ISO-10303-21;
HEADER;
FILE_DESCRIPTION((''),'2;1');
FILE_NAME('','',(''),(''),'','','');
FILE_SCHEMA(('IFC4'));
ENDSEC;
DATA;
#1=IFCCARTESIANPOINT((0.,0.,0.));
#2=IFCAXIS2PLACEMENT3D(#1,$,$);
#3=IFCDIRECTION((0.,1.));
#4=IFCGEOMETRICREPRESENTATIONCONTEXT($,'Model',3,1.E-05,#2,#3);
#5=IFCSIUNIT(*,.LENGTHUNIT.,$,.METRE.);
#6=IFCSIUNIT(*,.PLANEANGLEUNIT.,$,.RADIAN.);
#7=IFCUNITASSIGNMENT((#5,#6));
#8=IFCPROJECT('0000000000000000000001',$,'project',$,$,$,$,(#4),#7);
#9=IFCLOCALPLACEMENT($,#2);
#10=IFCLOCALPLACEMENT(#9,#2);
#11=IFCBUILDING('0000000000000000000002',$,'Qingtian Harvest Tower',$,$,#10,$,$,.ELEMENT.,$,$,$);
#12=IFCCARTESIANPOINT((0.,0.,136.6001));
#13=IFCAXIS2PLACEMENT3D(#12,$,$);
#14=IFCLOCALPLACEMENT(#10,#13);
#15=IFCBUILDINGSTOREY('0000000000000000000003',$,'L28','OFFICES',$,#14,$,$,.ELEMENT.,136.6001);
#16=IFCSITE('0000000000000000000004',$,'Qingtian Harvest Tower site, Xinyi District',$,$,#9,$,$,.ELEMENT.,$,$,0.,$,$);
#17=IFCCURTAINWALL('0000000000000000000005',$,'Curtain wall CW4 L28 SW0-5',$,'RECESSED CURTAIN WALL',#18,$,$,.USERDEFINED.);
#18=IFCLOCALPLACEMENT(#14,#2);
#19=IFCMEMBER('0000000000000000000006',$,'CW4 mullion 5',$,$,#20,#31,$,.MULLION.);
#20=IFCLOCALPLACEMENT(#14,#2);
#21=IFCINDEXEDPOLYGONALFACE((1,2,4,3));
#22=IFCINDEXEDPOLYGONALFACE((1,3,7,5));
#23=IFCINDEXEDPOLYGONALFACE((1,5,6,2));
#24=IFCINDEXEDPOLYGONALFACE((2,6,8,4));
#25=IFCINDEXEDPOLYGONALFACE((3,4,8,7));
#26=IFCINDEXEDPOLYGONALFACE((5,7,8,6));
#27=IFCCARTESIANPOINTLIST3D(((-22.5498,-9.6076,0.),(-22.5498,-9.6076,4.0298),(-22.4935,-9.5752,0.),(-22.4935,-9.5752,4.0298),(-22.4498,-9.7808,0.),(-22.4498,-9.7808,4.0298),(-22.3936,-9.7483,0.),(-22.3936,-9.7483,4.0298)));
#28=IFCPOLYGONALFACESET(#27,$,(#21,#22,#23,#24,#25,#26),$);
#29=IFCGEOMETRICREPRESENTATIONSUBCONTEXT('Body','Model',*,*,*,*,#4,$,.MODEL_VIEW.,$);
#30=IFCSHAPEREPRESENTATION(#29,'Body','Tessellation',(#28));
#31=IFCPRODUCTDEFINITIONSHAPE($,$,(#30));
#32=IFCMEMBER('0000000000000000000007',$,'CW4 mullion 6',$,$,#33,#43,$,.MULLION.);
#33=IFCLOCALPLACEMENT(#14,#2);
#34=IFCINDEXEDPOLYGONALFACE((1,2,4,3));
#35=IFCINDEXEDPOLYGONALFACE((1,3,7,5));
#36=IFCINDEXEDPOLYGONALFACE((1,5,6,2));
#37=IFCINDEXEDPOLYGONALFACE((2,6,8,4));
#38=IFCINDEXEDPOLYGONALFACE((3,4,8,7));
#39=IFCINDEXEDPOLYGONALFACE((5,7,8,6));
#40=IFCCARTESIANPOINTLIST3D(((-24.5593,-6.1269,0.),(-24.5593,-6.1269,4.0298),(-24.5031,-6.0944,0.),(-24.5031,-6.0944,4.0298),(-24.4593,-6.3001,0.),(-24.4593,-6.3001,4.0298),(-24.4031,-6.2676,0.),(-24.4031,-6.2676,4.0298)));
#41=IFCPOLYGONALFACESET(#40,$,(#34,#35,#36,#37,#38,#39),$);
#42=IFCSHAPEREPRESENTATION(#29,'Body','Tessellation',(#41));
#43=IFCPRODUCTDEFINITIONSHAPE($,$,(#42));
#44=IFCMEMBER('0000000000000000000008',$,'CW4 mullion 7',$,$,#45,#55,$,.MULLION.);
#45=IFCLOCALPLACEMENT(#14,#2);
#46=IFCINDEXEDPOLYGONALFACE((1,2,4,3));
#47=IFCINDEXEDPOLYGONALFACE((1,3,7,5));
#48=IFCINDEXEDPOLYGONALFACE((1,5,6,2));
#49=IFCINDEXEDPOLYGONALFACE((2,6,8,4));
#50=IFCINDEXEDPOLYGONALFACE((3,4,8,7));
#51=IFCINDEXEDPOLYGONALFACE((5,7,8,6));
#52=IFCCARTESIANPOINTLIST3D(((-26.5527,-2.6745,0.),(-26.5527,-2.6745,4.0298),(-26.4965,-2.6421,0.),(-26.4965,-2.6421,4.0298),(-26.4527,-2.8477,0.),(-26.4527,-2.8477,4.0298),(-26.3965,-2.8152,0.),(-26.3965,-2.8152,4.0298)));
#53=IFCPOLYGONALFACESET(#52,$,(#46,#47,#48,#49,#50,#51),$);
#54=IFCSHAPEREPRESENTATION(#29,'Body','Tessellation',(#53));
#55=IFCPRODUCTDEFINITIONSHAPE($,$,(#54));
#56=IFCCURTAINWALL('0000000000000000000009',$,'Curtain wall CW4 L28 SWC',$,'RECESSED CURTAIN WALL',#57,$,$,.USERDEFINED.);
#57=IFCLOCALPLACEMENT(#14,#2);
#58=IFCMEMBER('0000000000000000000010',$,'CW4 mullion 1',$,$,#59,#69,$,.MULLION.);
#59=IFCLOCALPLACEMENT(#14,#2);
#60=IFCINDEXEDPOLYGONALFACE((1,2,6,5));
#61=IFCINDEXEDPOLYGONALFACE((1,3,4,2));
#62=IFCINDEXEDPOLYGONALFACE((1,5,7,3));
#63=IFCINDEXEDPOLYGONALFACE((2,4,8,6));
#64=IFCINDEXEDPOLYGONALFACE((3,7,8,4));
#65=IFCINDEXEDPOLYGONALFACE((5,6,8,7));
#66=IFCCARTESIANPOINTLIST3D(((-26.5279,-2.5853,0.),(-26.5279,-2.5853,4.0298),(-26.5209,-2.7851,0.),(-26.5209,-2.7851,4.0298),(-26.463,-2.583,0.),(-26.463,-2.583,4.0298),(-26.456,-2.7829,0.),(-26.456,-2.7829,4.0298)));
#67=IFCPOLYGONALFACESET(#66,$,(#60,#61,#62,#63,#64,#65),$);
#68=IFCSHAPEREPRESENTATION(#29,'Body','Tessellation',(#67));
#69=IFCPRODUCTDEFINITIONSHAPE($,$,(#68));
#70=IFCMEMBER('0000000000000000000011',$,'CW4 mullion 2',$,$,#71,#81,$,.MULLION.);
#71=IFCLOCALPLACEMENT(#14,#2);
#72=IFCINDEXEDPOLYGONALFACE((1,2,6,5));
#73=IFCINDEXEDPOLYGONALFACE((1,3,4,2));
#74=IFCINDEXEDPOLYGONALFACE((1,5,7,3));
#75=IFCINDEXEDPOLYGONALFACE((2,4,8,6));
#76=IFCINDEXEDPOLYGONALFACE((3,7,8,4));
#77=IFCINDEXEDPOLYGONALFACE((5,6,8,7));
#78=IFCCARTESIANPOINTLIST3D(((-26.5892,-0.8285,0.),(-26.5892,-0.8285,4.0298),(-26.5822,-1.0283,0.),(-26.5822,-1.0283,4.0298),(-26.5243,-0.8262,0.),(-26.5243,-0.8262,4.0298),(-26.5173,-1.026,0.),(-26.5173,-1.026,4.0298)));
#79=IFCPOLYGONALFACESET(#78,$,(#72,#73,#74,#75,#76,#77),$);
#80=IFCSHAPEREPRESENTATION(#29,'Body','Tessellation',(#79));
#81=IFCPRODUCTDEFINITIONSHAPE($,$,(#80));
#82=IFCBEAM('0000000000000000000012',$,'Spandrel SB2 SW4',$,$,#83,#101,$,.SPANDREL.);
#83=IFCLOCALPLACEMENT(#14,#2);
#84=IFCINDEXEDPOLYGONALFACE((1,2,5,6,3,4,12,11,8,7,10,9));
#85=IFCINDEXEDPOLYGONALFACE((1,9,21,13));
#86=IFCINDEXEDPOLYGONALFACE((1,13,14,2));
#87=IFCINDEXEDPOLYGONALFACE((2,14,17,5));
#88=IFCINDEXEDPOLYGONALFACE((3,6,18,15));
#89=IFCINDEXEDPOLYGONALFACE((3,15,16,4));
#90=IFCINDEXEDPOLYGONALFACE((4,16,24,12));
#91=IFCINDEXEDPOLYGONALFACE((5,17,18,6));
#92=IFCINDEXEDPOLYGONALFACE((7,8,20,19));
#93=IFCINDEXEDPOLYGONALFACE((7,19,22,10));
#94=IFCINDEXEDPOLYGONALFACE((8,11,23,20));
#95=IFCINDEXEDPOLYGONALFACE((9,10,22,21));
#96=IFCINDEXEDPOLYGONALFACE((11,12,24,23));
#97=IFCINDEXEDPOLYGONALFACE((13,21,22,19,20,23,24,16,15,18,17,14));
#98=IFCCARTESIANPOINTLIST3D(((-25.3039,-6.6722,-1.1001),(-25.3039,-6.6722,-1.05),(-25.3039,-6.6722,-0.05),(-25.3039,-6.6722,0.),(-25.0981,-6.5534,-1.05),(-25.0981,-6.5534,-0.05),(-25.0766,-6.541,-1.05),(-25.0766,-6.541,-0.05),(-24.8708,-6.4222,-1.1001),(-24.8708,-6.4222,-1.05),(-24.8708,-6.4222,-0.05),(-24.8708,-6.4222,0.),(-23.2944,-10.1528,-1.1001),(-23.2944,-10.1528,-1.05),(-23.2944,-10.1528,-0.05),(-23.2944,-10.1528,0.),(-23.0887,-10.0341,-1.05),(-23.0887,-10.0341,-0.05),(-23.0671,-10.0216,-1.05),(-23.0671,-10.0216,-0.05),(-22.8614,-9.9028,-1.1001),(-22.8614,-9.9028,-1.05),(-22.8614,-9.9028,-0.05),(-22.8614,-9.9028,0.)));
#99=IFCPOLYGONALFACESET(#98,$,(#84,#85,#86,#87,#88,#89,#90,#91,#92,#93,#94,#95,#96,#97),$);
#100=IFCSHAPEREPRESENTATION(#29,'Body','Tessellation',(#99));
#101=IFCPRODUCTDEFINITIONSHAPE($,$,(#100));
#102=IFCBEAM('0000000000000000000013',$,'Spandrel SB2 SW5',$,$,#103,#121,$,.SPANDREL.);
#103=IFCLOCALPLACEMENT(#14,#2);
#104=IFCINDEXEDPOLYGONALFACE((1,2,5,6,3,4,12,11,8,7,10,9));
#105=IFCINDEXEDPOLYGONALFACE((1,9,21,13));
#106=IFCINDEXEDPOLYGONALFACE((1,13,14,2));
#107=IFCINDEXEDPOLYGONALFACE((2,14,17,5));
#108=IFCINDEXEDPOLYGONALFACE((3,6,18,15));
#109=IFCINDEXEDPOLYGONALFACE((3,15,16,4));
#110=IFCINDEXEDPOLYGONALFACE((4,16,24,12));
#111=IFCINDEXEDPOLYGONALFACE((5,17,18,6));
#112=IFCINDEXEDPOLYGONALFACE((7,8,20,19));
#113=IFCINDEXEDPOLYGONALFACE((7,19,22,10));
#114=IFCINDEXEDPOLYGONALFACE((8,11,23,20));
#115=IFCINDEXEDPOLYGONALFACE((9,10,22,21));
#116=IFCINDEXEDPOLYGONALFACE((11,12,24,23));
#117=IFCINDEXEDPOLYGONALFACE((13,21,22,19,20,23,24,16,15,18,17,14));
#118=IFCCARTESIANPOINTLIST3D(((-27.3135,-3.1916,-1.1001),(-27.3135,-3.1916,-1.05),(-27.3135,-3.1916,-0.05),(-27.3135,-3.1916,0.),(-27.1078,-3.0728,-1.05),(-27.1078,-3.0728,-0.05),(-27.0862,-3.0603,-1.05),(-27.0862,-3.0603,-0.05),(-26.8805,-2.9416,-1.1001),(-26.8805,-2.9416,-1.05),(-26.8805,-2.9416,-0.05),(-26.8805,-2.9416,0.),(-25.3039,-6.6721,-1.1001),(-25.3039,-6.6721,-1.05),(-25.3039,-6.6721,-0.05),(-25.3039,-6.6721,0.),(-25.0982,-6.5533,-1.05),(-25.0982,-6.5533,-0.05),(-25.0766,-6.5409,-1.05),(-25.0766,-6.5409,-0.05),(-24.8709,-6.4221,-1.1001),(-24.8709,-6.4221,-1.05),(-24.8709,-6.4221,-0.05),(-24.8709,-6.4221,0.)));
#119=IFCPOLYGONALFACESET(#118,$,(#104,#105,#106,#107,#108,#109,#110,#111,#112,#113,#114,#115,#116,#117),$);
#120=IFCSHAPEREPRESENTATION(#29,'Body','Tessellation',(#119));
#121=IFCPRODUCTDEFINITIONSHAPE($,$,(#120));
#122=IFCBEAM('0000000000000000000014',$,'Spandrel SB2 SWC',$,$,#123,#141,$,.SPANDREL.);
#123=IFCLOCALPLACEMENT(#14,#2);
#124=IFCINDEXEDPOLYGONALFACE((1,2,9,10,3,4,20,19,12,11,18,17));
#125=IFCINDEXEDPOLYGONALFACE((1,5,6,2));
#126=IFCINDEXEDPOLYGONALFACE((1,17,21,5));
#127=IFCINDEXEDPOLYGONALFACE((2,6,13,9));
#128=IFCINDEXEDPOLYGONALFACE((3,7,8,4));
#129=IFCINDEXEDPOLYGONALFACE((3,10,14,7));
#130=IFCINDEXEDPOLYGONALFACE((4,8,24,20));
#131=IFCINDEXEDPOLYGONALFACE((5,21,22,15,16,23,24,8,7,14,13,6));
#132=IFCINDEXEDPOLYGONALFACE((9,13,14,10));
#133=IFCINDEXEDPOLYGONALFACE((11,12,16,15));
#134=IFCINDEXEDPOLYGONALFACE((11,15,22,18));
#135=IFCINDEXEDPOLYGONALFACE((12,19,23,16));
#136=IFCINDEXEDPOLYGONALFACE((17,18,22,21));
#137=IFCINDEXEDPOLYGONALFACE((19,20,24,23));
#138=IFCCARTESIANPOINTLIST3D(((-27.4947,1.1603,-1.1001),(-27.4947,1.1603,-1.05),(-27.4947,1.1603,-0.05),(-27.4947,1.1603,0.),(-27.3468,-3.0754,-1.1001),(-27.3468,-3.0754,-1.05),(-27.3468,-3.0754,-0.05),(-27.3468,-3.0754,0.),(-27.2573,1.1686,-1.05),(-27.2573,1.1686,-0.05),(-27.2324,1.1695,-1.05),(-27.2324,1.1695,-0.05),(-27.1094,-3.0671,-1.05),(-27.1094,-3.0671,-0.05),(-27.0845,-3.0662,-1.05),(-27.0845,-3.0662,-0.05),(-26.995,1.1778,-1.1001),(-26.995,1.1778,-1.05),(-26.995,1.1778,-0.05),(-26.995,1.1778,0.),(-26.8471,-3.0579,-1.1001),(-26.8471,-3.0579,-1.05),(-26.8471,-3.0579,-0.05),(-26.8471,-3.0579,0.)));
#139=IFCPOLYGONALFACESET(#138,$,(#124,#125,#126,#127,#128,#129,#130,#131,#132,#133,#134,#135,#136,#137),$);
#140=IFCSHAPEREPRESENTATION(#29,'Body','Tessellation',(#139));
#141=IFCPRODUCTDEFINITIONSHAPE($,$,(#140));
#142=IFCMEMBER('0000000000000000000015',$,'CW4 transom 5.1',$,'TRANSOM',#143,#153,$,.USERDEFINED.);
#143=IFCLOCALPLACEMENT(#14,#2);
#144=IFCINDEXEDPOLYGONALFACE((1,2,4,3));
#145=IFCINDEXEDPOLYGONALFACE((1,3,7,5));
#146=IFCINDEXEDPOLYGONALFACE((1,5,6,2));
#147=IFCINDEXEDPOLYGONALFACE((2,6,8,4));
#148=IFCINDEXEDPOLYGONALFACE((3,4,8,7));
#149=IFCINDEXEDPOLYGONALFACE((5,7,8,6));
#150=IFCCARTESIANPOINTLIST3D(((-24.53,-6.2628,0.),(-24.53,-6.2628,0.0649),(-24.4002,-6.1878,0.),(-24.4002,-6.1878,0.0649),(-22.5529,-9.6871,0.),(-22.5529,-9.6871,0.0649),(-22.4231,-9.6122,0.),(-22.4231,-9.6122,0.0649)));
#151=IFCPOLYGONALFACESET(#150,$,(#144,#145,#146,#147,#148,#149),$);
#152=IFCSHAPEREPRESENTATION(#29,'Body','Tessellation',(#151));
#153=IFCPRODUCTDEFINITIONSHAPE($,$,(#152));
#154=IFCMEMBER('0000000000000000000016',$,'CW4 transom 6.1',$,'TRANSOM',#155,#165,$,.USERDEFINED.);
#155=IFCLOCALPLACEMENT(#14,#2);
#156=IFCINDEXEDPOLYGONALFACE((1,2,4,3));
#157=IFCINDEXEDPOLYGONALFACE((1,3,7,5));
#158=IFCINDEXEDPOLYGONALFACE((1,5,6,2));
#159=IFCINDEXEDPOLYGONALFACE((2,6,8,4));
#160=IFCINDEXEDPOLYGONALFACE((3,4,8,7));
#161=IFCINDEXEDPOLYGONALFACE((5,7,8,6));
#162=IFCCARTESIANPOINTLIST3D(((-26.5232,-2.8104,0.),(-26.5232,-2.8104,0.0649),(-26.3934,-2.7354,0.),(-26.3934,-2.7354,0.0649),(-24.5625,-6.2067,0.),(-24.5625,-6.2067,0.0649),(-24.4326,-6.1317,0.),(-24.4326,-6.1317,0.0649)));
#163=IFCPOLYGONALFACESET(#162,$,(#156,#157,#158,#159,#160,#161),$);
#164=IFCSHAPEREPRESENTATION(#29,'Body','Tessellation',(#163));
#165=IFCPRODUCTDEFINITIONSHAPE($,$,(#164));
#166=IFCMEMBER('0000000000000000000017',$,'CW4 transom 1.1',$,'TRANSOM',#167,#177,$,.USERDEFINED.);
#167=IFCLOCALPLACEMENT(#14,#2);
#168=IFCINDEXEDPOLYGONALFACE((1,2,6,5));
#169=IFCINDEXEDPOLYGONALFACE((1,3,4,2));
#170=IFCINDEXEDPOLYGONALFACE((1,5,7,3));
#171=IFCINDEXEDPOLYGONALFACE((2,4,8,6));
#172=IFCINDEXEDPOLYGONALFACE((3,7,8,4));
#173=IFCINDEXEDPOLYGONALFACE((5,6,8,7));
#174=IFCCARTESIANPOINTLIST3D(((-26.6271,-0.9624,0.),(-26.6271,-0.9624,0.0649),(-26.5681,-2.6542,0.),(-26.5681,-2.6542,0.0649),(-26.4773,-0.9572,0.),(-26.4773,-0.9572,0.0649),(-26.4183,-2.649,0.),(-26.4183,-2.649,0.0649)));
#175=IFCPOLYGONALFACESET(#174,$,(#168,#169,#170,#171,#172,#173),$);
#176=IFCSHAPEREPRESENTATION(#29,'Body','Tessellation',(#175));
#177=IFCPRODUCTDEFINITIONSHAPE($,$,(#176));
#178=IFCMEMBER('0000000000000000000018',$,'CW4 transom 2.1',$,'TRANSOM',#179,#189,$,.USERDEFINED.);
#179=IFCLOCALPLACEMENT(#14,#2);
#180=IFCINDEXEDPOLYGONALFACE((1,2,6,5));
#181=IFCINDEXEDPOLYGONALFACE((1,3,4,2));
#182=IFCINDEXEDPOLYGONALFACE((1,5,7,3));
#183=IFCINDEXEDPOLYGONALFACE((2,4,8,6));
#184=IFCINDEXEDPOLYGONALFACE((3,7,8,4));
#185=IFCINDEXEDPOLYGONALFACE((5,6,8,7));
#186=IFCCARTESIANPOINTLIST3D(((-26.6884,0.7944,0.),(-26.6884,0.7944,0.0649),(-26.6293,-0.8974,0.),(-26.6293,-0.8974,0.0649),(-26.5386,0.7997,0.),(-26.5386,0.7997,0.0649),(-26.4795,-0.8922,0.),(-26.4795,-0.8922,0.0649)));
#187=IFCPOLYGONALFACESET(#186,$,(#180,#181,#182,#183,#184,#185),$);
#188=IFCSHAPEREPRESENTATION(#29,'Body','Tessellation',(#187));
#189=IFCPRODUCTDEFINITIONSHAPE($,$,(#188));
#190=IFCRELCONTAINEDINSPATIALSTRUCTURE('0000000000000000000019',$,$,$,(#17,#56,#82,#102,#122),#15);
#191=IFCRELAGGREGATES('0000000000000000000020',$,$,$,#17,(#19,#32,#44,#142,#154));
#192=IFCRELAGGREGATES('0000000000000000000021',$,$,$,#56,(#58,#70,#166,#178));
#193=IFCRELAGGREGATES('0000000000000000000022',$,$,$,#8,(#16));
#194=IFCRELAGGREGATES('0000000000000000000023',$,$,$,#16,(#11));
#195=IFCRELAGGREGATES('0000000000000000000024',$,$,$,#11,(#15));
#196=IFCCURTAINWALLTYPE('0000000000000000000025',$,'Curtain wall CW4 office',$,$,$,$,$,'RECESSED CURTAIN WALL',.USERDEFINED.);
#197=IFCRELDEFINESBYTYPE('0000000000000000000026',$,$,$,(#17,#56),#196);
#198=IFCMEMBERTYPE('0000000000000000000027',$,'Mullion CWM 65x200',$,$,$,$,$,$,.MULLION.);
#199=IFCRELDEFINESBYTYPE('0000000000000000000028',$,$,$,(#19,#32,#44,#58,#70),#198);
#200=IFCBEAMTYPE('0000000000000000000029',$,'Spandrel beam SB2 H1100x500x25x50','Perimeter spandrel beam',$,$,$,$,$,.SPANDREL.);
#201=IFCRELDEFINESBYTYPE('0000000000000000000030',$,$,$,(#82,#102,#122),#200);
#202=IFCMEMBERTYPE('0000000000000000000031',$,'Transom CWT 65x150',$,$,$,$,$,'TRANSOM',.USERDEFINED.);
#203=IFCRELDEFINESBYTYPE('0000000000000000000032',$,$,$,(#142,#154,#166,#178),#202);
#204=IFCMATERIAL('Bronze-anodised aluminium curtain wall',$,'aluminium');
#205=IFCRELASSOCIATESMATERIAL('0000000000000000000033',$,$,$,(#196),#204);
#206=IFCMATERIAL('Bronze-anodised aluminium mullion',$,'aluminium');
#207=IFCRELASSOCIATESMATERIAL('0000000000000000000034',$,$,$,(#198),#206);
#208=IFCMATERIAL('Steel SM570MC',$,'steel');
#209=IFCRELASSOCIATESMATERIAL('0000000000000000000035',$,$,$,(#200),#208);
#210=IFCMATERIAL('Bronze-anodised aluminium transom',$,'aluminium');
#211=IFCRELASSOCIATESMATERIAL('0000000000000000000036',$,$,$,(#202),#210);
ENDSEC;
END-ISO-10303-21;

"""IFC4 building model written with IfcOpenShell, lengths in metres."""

from ifc_helpers import new_model, si_unit, direction, frame, origin, origin_2d, place, context, subcontext, project, spatial, rectangle, i_section, extrude, material, material_profile, profile_set, type_object, element, aggregate, save


model = new_model("IFC4")

# Units and contexts
model_context = context("Model", 3, precision=1e-05, world=origin(), true_north=direction((0.0, 1.0)))
body_context = subcontext(model_context, "Body", "Model", "MODEL_VIEW")
ifc_project = project(units=[si_unit("LENGTHUNIT", "METRE"), si_unit("PLANEANGLEUNIT", "RADIAN")], contexts=[model_context])

# Site, building, storey
site_placement = place(None, origin())
site = spatial("IfcSite", under=ifc_project, at=site_placement, Name="Qingtian Harvest Tower site, Xinyi District", CompositionType="ELEMENT", RefElevation=0.0)
building_placement = place(site_placement, origin())
building = spatial("IfcBuilding", under=site, at=building_placement, Name="Qingtian Harvest Tower", CompositionType="ELEMENT")
storey_placement = place(building_placement, frame((0.0, 0.0, 136.6001)))
storey = spatial("IfcBuildingStorey", under=building, at=storey_placement, Name="L28", Description="OFFICES", CompositionType="ELEMENT", Elevation=136.6001)

# Curtain walls, members
ifc_material_1 = material(Name="Bronze-anodised aluminium curtain wall", Category="aluminium")
curtain_wall_type = type_object("IfcCurtainWallType", Name="Curtain wall CW4 office", ElementType="RECESSED CURTAIN WALL", PredefinedType="USERDEFINED", material=ifc_material_1)
curtain_wall_1_placement = place(storey_placement, origin())
curtain_wall_1 = element("IfcCurtainWall", 1, at=curtain_wall_1_placement, inside=storey, type_object=curtain_wall_type, Name="Curtain wall CW4 L28 SW0-5", ObjectType="RECESSED CURTAIN WALL", PredefinedType="USERDEFINED")
ifc_material_2 = material(Name="Bronze-anodised aluminium mullion", Category="aluminium")
ifc_material_profile_1 = material_profile(ifc_material_2, rectangle(XDim=0.0649, YDim=0.2, at=origin_2d()), Name="AL 65x200")
ifc_profile_set_1 = profile_set([ifc_material_profile_1], Name="Bronze-anodised aluminium mullion")
member_type_1 = type_object("IfcMemberType", Name="Mullion CWM 65x200", PredefinedType="MULLION", material=ifc_profile_set_1)
member_1_placement = place(storey_placement, frame((-22.4717, -9.678, 0.0), z_axis=(0.0, 0.0, 1.0), x_axis=(-0.866025, -0.5, 0.0)))
member_1 = element("IfcMember", 2, at=member_1_placement, type_object=member_type_1, Name="CW4 mullion 5", PredefinedType="MULLION", context=body_context, shape_type="SweptSolid", body=[
    extrude(rectangle(XDim=0.0649, YDim=0.2, at=origin_2d()), origin(), (0.0, 0.0, 1.0), 4.0298),
])
member_2_placement = place(storey_placement, frame((-24.4812, -6.1973, 0.0), z_axis=(0.0, 0.0, 1.0), x_axis=(-0.866025, -0.5, 0.0)))
member_2 = element("IfcMember", 3, at=member_2_placement, type_object=member_type_1, Name="CW4 mullion 6", PredefinedType="MULLION", context=body_context, shape_type="SweptSolid", body=[
    extrude(rectangle(XDim=0.0649, YDim=0.2, at=origin_2d()), origin(), (0.0, 0.0, 1.0), 4.0298),
])
member_3_placement = place(storey_placement, frame((-26.4746, -2.7449, 0.0), z_axis=(0.0, 0.0, 1.0), x_axis=(-0.866025, -0.5, 0.0)))
member_3 = element("IfcMember", 4, at=member_3_placement, type_object=member_type_1, Name="CW4 mullion 7", PredefinedType="MULLION", context=body_context, shape_type="SweptSolid", body=[
    extrude(rectangle(XDim=0.0649, YDim=0.2, at=origin_2d()), origin(), (0.0, 0.0, 1.0), 4.0298),
])
curtain_wall_2_placement = place(storey_placement, origin())
curtain_wall_2 = element("IfcCurtainWall", 5, at=curtain_wall_2_placement, inside=storey, type_object=curtain_wall_type, Name="Curtain wall CW4 L28 SWC", ObjectType="RECESSED CURTAIN WALL", PredefinedType="USERDEFINED")
member_4_placement = place(storey_placement, frame((-26.4919, -2.6841, 0.0), z_axis=(0.0, 0.0, 1.0), x_axis=(-0.999391, -0.034899, 0.0)))
member_4 = element("IfcMember", 6, at=member_4_placement, type_object=member_type_1, Name="CW4 mullion 1", PredefinedType="MULLION", context=body_context, shape_type="SweptSolid", body=[
    extrude(rectangle(XDim=0.0649, YDim=0.2, at=origin_2d()), origin(), (0.0, 0.0, 1.0), 4.0298),
])
member_5_placement = place(storey_placement, frame((-26.5532, -0.9272, 0.0), z_axis=(0.0, 0.0, 1.0), x_axis=(-0.999391, -0.034899, 0.0)))
member_5 = element("IfcMember", 7, at=member_5_placement, type_object=member_type_1, Name="CW4 mullion 2", PredefinedType="MULLION", context=body_context, shape_type="SweptSolid", body=[
    extrude(rectangle(XDim=0.0649, YDim=0.2, at=origin_2d()), origin(), (0.0, 0.0, 1.0), 4.0298),
])

# Beams
ifc_material_3 = material(Name="Steel SM570MC", Category="steel")
ifc_material_profile_2 = material_profile(ifc_material_3, i_section(OverallWidth=0.5, OverallDepth=1.1001, WebThickness=0.0249, FlangeThickness=0.05, at=origin_2d()), Name="H1100x500x25x50")
ifc_profile_set_2 = profile_set([ifc_material_profile_2], Name="Steel SM570MC")
beam_type_1 = type_object("IfcBeamType", Name="Spandrel beam SB2 H1100x500x25x50", Description="Perimeter spandrel beam", PredefinedType="SPANDREL", material=ifc_profile_set_2)
for number, where, z_axis, x_axis, name in (
    (8, (-23.0779, -10.0278, -0.55), (-0.499987, 0.866033, 0.0), (-0.866033, -0.499987, 0.0), "Spandrel SB2 SW4"),
    (9, (-25.0874, -6.5471, -0.55), (-0.500013, 0.866018, 0.0), (-0.866018, -0.500013, 0.0), "Spandrel SB2 SW5"),
):
    element("IfcBeam", number, at=place(storey_placement, frame(where, z_axis=z_axis, x_axis=x_axis)), inside=storey, type_object=beam_type_1, Name=name, PredefinedType="SPANDREL", context=body_context, shape_type="SweptSolid", body=[
        extrude(i_section(OverallWidth=0.5, OverallDepth=1.1001, WebThickness=0.0249, FlangeThickness=0.05, at=origin_2d()), origin(), (0.0, 0.0, 1.0), 4.019),
    ])
beam_1_placement = place(storey_placement, frame((-27.0969, -3.0667, -0.55), z_axis=(-0.034909, 0.999391, 0.0), x_axis=(-0.999391, -0.034909, 0.0)))
element("IfcBeam", 10, at=beam_1_placement, inside=storey, type_object=beam_type_1, Name="Spandrel SB2 SWC", PredefinedType="SPANDREL", context=body_context, shape_type="SweptSolid", body=[
    extrude(i_section(OverallWidth=0.5, OverallDepth=1.1001, WebThickness=0.0249, FlangeThickness=0.05, at=origin_2d()), origin(), (0.0, 0.0, 1.0), 4.2383),
])

# Members
ifc_material_4 = material(Name="Bronze-anodised aluminium transom", Category="aluminium")
ifc_material_profile_3 = material_profile(ifc_material_4, rectangle(XDim=0.1499, YDim=0.0649, at=origin_2d()), Name="AL 65x150")
ifc_profile_set_3 = profile_set([ifc_material_profile_3], Name="Bronze-anodised aluminium transom")
member_type_2 = type_object("IfcMemberType", Name="Transom CWT 65x150", ElementType="TRANSOM", PredefinedType="USERDEFINED", material=ifc_profile_set_3)
member_6_placement = place(storey_placement, frame((-22.488, -9.6497, 0.0325), z_axis=(-0.500004, 0.866023, 0.0), x_axis=(-0.866023, -0.500004, 0.0)))
member_6 = element("IfcMember", 11, at=member_6_placement, type_object=member_type_2, Name="CW4 transom 5.1", ObjectType="TRANSOM", PredefinedType="USERDEFINED", context=body_context, shape_type="SweptSolid", body=[
    extrude(rectangle(XDim=0.1499, YDim=0.0649, at=origin_2d()), origin(), (0.0, 0.0, 1.0), 3.9541),
])
member_7_placement = place(storey_placement, frame((-24.4976, -6.1692, 0.0325), z_axis=(-0.499976, 0.866039, 0.0), x_axis=(-0.866039, -0.499976, 0.0)))
member_7 = element("IfcMember", 12, at=member_7_placement, type_object=member_type_2, Name="CW4 transom 6.1", ObjectType="TRANSOM", PredefinedType="USERDEFINED", context=body_context, shape_type="SweptSolid", body=[
    extrude(rectangle(XDim=0.1499, YDim=0.0649, at=origin_2d()), origin(), (0.0, 0.0, 1.0), 3.9216),
])
member_8_placement = place(storey_placement, frame((-26.4932, -2.6516, 0.0325), z_axis=(-0.034899, 0.999391, 0.0), x_axis=(-0.999391, -0.034899, 0.0)))
member_8 = element("IfcMember", 13, at=member_8_placement, type_object=member_type_2, Name="CW4 transom 1.1", ObjectType="TRANSOM", PredefinedType="USERDEFINED", context=body_context, shape_type="SweptSolid", body=[
    extrude(rectangle(XDim=0.1499, YDim=0.0649, at=origin_2d()), origin(), (0.0, 0.0, 1.0), 1.6929),
])
member_9_placement = place(storey_placement, frame((-26.5544, -0.8948, 0.0325), z_axis=(-0.034899, 0.999391, 0.0), x_axis=(-0.999391, -0.034899, 0.0)))
member_9 = element("IfcMember", 14, at=member_9_placement, type_object=member_type_2, Name="CW4 transom 2.1", ObjectType="TRANSOM", PredefinedType="USERDEFINED", context=body_context, shape_type="SweptSolid", body=[
    extrude(rectangle(XDim=0.1499, YDim=0.0649, at=origin_2d()), origin(), (0.0, 0.0, 1.0), 1.6929),
])

aggregate(curtain_wall_1, [member_1, member_2, member_3, member_6, member_7])
aggregate(curtain_wall_2, [member_4, member_5, member_8, member_9])

save(model, "model.ifc")
